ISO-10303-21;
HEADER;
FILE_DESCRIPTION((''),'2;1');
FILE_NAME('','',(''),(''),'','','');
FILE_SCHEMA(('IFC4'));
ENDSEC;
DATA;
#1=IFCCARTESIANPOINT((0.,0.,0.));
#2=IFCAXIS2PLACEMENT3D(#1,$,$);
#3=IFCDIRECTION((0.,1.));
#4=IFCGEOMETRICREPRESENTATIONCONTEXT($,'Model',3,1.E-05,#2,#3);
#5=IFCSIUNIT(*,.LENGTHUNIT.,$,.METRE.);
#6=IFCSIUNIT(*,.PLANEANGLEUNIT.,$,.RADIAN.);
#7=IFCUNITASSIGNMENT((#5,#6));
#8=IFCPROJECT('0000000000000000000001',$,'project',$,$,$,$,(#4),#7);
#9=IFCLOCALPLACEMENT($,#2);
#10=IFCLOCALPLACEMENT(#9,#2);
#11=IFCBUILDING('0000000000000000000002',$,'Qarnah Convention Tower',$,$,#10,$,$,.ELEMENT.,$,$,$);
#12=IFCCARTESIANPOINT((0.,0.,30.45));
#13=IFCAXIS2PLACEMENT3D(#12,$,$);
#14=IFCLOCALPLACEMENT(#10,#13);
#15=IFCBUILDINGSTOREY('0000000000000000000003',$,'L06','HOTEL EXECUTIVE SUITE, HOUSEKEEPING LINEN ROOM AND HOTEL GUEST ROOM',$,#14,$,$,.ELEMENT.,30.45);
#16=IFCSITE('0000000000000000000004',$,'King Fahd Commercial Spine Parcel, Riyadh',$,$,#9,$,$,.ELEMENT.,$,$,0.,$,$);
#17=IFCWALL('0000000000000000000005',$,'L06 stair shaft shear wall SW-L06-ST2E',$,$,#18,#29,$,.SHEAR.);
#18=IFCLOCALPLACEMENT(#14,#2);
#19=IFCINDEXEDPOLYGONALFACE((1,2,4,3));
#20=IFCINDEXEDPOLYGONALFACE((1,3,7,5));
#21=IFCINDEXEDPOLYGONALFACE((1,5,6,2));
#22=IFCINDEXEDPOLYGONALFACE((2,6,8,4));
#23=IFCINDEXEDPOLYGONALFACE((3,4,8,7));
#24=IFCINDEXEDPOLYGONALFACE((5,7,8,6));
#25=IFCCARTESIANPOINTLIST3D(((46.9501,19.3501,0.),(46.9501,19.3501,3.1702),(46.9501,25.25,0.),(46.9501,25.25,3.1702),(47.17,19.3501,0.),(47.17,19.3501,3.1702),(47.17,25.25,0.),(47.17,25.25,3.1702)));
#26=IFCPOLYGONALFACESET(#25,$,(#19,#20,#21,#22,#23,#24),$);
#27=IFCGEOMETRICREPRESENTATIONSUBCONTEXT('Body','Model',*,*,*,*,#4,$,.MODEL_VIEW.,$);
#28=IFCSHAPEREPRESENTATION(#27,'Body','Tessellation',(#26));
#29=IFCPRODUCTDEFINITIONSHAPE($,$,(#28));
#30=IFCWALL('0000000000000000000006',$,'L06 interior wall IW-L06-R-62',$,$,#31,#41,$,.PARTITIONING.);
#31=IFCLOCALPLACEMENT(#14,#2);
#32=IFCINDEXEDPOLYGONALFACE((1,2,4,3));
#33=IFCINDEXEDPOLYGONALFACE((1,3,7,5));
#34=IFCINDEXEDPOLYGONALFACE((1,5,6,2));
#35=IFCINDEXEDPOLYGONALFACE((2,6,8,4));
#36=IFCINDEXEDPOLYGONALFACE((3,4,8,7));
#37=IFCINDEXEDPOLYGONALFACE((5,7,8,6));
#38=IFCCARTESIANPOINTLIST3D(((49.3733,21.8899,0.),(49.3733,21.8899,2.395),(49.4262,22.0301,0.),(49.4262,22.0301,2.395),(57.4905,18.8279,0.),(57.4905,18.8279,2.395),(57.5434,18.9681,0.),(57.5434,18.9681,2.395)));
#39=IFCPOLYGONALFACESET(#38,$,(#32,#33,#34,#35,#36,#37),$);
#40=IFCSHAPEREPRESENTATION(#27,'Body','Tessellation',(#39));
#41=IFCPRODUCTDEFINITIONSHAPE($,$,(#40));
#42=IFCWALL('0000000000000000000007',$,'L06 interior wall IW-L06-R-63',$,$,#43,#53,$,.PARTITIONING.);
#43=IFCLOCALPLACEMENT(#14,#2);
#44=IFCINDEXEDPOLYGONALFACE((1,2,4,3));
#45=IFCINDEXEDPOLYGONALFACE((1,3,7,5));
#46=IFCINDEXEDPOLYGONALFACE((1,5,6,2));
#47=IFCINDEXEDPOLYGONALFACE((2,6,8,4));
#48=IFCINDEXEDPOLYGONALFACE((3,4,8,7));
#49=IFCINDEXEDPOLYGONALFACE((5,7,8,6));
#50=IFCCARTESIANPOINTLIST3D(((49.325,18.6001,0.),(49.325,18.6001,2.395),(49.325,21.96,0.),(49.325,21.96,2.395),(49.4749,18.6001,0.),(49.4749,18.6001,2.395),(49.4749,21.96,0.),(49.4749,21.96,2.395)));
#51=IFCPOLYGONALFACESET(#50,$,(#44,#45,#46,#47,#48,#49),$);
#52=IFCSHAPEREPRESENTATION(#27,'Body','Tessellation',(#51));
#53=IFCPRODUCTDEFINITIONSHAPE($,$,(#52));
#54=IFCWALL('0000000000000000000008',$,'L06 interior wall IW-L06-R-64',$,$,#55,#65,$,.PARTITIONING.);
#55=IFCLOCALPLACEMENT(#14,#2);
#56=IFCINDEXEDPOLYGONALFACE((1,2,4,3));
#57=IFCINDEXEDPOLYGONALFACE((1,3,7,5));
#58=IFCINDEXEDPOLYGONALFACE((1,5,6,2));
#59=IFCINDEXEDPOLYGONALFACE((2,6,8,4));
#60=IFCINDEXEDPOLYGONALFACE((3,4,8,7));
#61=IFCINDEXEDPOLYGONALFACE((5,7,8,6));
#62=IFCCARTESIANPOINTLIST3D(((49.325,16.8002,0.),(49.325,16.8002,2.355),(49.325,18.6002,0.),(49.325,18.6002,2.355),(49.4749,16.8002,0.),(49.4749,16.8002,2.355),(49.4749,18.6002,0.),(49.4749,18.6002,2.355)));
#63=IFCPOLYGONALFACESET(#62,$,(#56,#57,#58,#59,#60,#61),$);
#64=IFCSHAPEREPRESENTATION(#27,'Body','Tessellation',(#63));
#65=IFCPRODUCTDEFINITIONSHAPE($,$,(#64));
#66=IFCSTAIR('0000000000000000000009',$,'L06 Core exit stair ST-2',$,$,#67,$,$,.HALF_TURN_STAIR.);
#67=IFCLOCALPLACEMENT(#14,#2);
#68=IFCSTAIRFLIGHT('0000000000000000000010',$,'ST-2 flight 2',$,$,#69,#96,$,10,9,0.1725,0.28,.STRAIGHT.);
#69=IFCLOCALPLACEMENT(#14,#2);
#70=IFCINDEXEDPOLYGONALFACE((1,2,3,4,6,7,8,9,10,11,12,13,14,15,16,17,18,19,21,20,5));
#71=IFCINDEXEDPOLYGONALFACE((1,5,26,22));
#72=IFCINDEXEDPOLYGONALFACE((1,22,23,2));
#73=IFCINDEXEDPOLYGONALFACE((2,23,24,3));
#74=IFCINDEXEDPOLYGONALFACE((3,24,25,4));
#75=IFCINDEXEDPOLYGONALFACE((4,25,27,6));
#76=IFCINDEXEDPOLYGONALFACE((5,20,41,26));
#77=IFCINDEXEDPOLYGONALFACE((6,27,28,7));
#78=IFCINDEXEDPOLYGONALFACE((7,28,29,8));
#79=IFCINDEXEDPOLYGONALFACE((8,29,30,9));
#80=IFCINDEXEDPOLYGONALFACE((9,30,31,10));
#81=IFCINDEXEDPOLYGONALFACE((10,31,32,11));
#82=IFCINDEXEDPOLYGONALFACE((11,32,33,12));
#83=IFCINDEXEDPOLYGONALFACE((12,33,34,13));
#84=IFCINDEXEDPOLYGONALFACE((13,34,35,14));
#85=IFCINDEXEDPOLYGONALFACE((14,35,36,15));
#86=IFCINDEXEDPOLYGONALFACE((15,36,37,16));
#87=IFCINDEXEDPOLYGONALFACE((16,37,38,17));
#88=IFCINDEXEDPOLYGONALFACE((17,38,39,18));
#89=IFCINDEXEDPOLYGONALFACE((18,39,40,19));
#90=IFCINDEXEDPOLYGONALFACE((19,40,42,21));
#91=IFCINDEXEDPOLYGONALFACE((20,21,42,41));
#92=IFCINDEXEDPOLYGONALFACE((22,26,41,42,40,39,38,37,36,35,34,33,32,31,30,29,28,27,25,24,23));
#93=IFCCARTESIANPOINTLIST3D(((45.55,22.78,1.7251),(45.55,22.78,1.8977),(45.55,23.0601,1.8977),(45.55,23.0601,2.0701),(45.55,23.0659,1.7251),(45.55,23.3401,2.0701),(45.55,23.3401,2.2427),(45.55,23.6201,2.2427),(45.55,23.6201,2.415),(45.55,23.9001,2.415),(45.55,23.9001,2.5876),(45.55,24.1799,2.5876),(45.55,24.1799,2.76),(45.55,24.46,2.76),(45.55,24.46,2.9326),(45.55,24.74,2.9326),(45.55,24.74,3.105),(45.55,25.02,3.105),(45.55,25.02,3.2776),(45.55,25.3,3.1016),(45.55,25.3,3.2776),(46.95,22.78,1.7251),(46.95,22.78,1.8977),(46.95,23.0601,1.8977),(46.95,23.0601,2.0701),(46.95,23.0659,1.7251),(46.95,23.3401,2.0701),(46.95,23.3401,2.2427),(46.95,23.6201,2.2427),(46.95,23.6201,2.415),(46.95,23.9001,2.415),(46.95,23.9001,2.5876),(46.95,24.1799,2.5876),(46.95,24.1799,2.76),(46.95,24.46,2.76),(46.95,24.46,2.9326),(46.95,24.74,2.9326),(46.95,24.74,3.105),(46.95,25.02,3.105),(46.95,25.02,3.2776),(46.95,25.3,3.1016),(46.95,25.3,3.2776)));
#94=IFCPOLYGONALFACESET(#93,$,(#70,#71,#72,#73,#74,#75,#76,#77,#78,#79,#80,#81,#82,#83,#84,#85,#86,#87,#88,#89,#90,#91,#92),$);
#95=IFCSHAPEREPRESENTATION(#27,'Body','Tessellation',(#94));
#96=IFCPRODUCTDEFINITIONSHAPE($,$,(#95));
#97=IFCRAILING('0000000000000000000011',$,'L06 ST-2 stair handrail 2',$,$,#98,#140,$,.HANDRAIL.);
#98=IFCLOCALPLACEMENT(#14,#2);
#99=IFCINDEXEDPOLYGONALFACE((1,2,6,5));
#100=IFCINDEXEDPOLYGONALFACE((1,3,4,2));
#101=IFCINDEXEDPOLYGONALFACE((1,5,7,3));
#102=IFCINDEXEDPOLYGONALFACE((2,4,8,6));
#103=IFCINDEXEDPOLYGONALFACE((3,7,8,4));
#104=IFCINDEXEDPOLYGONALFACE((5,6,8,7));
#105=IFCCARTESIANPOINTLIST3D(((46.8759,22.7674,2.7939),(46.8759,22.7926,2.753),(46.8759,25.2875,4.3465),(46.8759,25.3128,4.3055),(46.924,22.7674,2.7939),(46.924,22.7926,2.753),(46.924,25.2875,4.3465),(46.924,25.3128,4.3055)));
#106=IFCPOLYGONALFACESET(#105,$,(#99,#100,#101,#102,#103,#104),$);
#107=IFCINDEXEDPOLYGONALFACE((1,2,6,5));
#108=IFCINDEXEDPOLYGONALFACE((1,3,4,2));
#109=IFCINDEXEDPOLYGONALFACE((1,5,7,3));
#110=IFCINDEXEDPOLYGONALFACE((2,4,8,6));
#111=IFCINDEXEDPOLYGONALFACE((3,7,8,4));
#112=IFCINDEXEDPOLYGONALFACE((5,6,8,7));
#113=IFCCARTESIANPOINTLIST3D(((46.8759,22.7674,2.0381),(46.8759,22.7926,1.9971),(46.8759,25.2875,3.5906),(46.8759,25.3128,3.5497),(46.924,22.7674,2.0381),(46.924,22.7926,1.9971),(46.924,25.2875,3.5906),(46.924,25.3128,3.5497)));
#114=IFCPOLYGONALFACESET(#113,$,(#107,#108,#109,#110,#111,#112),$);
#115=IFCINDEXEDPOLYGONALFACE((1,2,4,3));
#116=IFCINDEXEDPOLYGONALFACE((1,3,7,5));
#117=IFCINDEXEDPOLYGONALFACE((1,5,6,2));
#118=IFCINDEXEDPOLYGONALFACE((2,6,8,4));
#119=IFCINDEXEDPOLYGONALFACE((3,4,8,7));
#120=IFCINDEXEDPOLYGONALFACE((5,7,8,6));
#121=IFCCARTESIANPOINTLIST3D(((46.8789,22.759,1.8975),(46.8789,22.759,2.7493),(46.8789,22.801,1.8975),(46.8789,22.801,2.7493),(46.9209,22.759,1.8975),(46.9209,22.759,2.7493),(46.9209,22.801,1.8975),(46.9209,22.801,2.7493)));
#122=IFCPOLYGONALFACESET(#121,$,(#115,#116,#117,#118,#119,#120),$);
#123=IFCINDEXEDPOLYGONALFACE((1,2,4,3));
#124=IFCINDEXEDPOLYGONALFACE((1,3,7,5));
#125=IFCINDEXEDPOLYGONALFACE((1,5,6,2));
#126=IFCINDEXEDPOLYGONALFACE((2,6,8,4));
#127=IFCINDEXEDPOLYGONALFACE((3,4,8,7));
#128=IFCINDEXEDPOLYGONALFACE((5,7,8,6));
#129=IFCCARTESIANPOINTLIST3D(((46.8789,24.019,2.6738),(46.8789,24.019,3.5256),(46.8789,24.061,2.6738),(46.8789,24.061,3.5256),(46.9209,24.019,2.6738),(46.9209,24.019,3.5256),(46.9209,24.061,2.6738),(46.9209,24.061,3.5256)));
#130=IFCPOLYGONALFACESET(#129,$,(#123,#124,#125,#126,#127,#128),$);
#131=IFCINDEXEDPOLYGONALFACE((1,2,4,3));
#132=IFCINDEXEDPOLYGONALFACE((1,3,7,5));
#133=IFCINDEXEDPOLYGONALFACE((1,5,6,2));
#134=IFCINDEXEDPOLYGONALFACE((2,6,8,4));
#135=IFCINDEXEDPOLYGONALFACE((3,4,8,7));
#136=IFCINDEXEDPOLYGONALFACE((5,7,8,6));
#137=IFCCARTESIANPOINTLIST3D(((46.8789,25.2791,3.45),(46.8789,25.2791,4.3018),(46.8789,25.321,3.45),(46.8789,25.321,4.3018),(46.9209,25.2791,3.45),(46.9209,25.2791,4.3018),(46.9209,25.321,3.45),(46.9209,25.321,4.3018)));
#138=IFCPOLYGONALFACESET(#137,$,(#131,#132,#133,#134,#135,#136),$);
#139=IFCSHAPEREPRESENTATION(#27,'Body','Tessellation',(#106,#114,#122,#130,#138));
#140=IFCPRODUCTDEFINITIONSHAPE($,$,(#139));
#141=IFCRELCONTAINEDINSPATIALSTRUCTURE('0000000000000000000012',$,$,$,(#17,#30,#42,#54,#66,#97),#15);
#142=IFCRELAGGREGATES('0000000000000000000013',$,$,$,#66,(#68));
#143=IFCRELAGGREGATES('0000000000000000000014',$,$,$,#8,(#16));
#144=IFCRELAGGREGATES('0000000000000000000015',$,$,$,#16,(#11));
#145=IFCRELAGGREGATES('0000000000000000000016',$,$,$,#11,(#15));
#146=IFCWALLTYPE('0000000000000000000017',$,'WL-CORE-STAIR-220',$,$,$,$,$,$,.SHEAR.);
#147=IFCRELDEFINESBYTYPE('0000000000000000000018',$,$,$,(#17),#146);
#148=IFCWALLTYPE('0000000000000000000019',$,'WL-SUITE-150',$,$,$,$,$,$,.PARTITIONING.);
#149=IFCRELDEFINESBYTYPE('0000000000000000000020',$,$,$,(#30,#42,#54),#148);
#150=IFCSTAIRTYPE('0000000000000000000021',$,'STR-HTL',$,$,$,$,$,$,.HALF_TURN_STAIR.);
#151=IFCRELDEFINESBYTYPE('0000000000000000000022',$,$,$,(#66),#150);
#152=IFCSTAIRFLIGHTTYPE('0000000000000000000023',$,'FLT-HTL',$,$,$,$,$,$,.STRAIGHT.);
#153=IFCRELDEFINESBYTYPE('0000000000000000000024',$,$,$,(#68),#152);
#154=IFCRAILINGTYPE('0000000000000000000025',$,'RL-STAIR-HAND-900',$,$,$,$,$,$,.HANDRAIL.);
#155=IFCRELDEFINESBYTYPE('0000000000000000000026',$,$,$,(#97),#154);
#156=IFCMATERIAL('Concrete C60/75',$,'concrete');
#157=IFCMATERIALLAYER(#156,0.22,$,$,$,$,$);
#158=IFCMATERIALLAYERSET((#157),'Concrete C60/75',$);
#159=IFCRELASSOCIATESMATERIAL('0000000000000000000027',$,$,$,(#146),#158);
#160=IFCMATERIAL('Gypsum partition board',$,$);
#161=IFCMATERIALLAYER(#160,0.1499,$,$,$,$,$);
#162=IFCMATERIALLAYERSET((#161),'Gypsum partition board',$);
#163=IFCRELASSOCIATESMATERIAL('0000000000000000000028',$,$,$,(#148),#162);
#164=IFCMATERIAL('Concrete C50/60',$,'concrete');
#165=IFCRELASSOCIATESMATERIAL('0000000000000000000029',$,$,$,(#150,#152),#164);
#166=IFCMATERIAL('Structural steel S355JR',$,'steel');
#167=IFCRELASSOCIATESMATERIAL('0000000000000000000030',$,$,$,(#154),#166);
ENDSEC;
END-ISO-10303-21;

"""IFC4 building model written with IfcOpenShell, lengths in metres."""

from ifc_helpers import new_model, si_unit, direction, frame, frame_2d, origin, origin_2d, place, context, subcontext, project, spatial, polyline, rectangle, outline, extrude, material, layer, layer_set, type_object, element, aggregate, save


model = new_model("IFC4")

# Units and contexts
model_context = context("Model", 3, precision=1e-05, world=origin(), true_north=direction((0.0, 1.0)))
body_context = subcontext(model_context, "Body", "Model", "MODEL_VIEW")
ifc_project = project(units=[si_unit("LENGTHUNIT", "METRE"), si_unit("PLANEANGLEUNIT", "RADIAN")], contexts=[model_context])

# Site, building, storey
site_placement = place(None, origin())
site = spatial("IfcSite", under=ifc_project, at=site_placement, Name="King Fahd Commercial Spine Parcel, Riyadh", CompositionType="ELEMENT", RefElevation=0.0)
building_placement = place(site_placement, origin())
building = spatial("IfcBuilding", under=site, at=building_placement, Name="Qarnah Convention Tower", CompositionType="ELEMENT")
storey_placement = place(building_placement, frame((0.0, 0.0, 30.45)))
storey = spatial("IfcBuildingStorey", under=building, at=storey_placement, Name="L06", Description="HOTEL EXECUTIVE SUITE, HOUSEKEEPING LINEN ROOM AND HOTEL GUEST ROOM", CompositionType="ELEMENT", Elevation=30.45)

# Shared definitions
ifc_material_1 = material(Name="Concrete C60/75", Category="concrete")
ifc_material_2 = material(Name="Structural steel S355JR", Category="steel")

# Walls
ifc_layer_1 = layer(ifc_material_1, 0.22)
ifc_layer_set_1 = layer_set([ifc_layer_1], Name="Concrete C60/75")
wall_type_1 = type_object("IfcWallType", Name="WL-CORE-STAIR-220", PredefinedType="SHEAR", material=ifc_layer_set_1)
wall_1_placement = place(storey_placement, frame((47.0601, 19.3501, 0.0), z_axis=(0.0, 0.0, 1.0), x_axis=(0.0, 1.0, 0.0)))
element("IfcWall", 1, at=wall_1_placement, inside=storey, type_object=wall_type_1, Name="L06 stair shaft shear wall SW-L06-ST2E", PredefinedType="SHEAR", context=body_context, shape_type="SweptSolid", body=[
    extrude(rectangle(XDim=5.8999, YDim=0.22, at=frame_2d((2.95, 0.0))), origin(), (0.0, 0.0, 1.0), 3.1702),
])
ifc_material_3 = material(Name="Gypsum partition board")
ifc_layer_2 = layer(ifc_material_3, 0.1499)
ifc_layer_set_2 = layer_set([ifc_layer_2], Name="Gypsum partition board")
wall_type_2 = type_object("IfcWallType", Name="WL-SUITE-150", PredefinedType="PARTITIONING", material=ifc_layer_set_2)
wall_2_placement = place(storey_placement, frame((57.5171, 18.8979, 0.0), z_axis=(0.0, 0.0, 1.0), x_axis=(-0.935643, 0.352948, 0.0)))
element("IfcWall", 2, at=wall_2_placement, inside=storey, type_object=wall_type_2, Name="L06 interior wall IW-L06-R-62", PredefinedType="PARTITIONING", context=body_context, shape_type="SweptSolid", body=[
    extrude(rectangle(XDim=8.6755, YDim=0.1499, at=frame_2d((4.3379, 0.0))), origin(), (0.0, 0.0, 1.0), 2.395),
])
wall_3_placement = place(storey_placement, frame((49.3999, 21.96, 0.0), z_axis=(0.0, 0.0, 1.0), x_axis=(0.0, -1.0, 0.0)))
element("IfcWall", 3, at=wall_3_placement, inside=storey, type_object=wall_type_2, Name="L06 interior wall IW-L06-R-63", PredefinedType="PARTITIONING", context=body_context, shape_type="SweptSolid", body=[
    extrude(rectangle(XDim=3.3599, YDim=0.1499, at=frame_2d((1.6799, 0.0))), origin(), (0.0, 0.0, 1.0), 2.395),
])
wall_4_placement = place(storey_placement, frame((49.3999, 18.6001, 0.0), z_axis=(0.0, 0.0, 1.0), x_axis=(0.0, -1.0, 0.0)))
element("IfcWall", 4, at=wall_4_placement, inside=storey, type_object=wall_type_2, Name="L06 interior wall IW-L06-R-64", PredefinedType="PARTITIONING", context=body_context, shape_type="SweptSolid", body=[
    extrude(rectangle(XDim=1.8, YDim=0.1499, at=frame_2d((0.8999, 0.0))), origin(), (0.0, 0.0, 1.0), 2.355),
])

# Stair, stair flight
ifc_material_4 = material(Name="Concrete C50/60", Category="concrete")
stair_type = type_object("IfcStairType", Name="STR-HTL", PredefinedType="HALF_TURN_STAIR", material=ifc_material_4)
stair_placement = place(storey_placement, origin())
stair = element("IfcStair", 5, at=stair_placement, inside=storey, type_object=stair_type, Name="L06 Core exit stair ST-2", PredefinedType="HALF_TURN_STAIR")
stair_flight_type = type_object("IfcStairFlightType", Name="FLT-HTL", PredefinedType="STRAIGHT", material=ifc_material_4)
stair_flight_placement = place(storey_placement, frame((46.25, 22.78, 1.7251), z_axis=(0.0, 0.0, 1.0), x_axis=(0.0, 1.0, 0.0)))
stair_flight = element("IfcStairFlight", 6, at=stair_flight_placement, type_object=stair_flight_type, Name="ST-2 flight 2", NumberOfRisers=10, NumberOfTreads=9, PredefinedType="STRAIGHT", RiserHeight=0.1725, TreadLength=0.28, context=body_context, shape_type="SweptSolid", body=[
    extrude(outline(polyline([(0.0, 0.0), (0.0, 0.1726), (0.28, 0.1726), (0.28, 0.345), (0.5601, 0.345), (0.5601, 0.5176), (0.8401, 0.5176), (0.8401, 0.6899), (1.1201, 0.6899), (1.1201, 0.8625), (1.3999, 0.8625), (1.3999, 1.0349), (1.6799, 1.0349), (1.6799, 1.2075), (1.96, 1.2075), (1.96, 1.3799), (2.24, 1.3799), (2.24, 1.5525), (2.52, 1.5525), (2.52, 1.7251), (2.52, 1.3765), (0.2859, 0.0), (0.0, 0.0)])), frame((0.0, 0.7, 0.0), z_axis=(0.0, -1.0, 0.0), x_axis=(1.0, 0.0, 0.0)), (0.0, 0.0, 1.0), 1.3999),
])
aggregate(stair, [stair_flight])

# Railing
railing_type = type_object("IfcRailingType", Name="RL-STAIR-HAND-900", PredefinedType="HANDRAIL", material=ifc_material_2)
railing_placement = place(storey_placement, frame((46.8999, 22.78, 1.8975)))
element("IfcRailing", 7, at=railing_placement, inside=storey, type_object=railing_type, Name="L06 ST-2 stair handrail 2", PredefinedType="HANDRAIL", context=body_context, shape_type="SweptSolid", body=[
    extrude(rectangle(XDim=0.0481, YDim=0.0481, at=origin_2d()), frame((0.0, 0.0, 0.876), z_axis=(0.0, 0.8514, 0.524516), x_axis=(-1.0, 0.0, 0.0)), (0.0, 0.0, 1.0), 2.96),
    extrude(rectangle(XDim=0.0481, YDim=0.0481, at=origin_2d()), frame((0.0, 0.0, 0.1201), z_axis=(0.0, 0.8514, 0.524516), x_axis=(-1.0, 0.0, 0.0)), (0.0, 0.0, 1.0), 2.96),
    extrude(rectangle(XDim=0.042, YDim=0.042, at=origin_2d()), origin(), (0.0, 0.0, 1.0), 0.8518),
    extrude(rectangle(XDim=0.042, YDim=0.042, at=origin_2d()), frame((0.0, 1.26, 0.7764)), (0.0, 0.0, 1.0), 0.8518),
    extrude(rectangle(XDim=0.042, YDim=0.042, at=origin_2d()), frame((0.0, 2.52, 1.5525)), (0.0, 0.0, 1.0), 0.8518),
])

save(model, "model.ifc")
